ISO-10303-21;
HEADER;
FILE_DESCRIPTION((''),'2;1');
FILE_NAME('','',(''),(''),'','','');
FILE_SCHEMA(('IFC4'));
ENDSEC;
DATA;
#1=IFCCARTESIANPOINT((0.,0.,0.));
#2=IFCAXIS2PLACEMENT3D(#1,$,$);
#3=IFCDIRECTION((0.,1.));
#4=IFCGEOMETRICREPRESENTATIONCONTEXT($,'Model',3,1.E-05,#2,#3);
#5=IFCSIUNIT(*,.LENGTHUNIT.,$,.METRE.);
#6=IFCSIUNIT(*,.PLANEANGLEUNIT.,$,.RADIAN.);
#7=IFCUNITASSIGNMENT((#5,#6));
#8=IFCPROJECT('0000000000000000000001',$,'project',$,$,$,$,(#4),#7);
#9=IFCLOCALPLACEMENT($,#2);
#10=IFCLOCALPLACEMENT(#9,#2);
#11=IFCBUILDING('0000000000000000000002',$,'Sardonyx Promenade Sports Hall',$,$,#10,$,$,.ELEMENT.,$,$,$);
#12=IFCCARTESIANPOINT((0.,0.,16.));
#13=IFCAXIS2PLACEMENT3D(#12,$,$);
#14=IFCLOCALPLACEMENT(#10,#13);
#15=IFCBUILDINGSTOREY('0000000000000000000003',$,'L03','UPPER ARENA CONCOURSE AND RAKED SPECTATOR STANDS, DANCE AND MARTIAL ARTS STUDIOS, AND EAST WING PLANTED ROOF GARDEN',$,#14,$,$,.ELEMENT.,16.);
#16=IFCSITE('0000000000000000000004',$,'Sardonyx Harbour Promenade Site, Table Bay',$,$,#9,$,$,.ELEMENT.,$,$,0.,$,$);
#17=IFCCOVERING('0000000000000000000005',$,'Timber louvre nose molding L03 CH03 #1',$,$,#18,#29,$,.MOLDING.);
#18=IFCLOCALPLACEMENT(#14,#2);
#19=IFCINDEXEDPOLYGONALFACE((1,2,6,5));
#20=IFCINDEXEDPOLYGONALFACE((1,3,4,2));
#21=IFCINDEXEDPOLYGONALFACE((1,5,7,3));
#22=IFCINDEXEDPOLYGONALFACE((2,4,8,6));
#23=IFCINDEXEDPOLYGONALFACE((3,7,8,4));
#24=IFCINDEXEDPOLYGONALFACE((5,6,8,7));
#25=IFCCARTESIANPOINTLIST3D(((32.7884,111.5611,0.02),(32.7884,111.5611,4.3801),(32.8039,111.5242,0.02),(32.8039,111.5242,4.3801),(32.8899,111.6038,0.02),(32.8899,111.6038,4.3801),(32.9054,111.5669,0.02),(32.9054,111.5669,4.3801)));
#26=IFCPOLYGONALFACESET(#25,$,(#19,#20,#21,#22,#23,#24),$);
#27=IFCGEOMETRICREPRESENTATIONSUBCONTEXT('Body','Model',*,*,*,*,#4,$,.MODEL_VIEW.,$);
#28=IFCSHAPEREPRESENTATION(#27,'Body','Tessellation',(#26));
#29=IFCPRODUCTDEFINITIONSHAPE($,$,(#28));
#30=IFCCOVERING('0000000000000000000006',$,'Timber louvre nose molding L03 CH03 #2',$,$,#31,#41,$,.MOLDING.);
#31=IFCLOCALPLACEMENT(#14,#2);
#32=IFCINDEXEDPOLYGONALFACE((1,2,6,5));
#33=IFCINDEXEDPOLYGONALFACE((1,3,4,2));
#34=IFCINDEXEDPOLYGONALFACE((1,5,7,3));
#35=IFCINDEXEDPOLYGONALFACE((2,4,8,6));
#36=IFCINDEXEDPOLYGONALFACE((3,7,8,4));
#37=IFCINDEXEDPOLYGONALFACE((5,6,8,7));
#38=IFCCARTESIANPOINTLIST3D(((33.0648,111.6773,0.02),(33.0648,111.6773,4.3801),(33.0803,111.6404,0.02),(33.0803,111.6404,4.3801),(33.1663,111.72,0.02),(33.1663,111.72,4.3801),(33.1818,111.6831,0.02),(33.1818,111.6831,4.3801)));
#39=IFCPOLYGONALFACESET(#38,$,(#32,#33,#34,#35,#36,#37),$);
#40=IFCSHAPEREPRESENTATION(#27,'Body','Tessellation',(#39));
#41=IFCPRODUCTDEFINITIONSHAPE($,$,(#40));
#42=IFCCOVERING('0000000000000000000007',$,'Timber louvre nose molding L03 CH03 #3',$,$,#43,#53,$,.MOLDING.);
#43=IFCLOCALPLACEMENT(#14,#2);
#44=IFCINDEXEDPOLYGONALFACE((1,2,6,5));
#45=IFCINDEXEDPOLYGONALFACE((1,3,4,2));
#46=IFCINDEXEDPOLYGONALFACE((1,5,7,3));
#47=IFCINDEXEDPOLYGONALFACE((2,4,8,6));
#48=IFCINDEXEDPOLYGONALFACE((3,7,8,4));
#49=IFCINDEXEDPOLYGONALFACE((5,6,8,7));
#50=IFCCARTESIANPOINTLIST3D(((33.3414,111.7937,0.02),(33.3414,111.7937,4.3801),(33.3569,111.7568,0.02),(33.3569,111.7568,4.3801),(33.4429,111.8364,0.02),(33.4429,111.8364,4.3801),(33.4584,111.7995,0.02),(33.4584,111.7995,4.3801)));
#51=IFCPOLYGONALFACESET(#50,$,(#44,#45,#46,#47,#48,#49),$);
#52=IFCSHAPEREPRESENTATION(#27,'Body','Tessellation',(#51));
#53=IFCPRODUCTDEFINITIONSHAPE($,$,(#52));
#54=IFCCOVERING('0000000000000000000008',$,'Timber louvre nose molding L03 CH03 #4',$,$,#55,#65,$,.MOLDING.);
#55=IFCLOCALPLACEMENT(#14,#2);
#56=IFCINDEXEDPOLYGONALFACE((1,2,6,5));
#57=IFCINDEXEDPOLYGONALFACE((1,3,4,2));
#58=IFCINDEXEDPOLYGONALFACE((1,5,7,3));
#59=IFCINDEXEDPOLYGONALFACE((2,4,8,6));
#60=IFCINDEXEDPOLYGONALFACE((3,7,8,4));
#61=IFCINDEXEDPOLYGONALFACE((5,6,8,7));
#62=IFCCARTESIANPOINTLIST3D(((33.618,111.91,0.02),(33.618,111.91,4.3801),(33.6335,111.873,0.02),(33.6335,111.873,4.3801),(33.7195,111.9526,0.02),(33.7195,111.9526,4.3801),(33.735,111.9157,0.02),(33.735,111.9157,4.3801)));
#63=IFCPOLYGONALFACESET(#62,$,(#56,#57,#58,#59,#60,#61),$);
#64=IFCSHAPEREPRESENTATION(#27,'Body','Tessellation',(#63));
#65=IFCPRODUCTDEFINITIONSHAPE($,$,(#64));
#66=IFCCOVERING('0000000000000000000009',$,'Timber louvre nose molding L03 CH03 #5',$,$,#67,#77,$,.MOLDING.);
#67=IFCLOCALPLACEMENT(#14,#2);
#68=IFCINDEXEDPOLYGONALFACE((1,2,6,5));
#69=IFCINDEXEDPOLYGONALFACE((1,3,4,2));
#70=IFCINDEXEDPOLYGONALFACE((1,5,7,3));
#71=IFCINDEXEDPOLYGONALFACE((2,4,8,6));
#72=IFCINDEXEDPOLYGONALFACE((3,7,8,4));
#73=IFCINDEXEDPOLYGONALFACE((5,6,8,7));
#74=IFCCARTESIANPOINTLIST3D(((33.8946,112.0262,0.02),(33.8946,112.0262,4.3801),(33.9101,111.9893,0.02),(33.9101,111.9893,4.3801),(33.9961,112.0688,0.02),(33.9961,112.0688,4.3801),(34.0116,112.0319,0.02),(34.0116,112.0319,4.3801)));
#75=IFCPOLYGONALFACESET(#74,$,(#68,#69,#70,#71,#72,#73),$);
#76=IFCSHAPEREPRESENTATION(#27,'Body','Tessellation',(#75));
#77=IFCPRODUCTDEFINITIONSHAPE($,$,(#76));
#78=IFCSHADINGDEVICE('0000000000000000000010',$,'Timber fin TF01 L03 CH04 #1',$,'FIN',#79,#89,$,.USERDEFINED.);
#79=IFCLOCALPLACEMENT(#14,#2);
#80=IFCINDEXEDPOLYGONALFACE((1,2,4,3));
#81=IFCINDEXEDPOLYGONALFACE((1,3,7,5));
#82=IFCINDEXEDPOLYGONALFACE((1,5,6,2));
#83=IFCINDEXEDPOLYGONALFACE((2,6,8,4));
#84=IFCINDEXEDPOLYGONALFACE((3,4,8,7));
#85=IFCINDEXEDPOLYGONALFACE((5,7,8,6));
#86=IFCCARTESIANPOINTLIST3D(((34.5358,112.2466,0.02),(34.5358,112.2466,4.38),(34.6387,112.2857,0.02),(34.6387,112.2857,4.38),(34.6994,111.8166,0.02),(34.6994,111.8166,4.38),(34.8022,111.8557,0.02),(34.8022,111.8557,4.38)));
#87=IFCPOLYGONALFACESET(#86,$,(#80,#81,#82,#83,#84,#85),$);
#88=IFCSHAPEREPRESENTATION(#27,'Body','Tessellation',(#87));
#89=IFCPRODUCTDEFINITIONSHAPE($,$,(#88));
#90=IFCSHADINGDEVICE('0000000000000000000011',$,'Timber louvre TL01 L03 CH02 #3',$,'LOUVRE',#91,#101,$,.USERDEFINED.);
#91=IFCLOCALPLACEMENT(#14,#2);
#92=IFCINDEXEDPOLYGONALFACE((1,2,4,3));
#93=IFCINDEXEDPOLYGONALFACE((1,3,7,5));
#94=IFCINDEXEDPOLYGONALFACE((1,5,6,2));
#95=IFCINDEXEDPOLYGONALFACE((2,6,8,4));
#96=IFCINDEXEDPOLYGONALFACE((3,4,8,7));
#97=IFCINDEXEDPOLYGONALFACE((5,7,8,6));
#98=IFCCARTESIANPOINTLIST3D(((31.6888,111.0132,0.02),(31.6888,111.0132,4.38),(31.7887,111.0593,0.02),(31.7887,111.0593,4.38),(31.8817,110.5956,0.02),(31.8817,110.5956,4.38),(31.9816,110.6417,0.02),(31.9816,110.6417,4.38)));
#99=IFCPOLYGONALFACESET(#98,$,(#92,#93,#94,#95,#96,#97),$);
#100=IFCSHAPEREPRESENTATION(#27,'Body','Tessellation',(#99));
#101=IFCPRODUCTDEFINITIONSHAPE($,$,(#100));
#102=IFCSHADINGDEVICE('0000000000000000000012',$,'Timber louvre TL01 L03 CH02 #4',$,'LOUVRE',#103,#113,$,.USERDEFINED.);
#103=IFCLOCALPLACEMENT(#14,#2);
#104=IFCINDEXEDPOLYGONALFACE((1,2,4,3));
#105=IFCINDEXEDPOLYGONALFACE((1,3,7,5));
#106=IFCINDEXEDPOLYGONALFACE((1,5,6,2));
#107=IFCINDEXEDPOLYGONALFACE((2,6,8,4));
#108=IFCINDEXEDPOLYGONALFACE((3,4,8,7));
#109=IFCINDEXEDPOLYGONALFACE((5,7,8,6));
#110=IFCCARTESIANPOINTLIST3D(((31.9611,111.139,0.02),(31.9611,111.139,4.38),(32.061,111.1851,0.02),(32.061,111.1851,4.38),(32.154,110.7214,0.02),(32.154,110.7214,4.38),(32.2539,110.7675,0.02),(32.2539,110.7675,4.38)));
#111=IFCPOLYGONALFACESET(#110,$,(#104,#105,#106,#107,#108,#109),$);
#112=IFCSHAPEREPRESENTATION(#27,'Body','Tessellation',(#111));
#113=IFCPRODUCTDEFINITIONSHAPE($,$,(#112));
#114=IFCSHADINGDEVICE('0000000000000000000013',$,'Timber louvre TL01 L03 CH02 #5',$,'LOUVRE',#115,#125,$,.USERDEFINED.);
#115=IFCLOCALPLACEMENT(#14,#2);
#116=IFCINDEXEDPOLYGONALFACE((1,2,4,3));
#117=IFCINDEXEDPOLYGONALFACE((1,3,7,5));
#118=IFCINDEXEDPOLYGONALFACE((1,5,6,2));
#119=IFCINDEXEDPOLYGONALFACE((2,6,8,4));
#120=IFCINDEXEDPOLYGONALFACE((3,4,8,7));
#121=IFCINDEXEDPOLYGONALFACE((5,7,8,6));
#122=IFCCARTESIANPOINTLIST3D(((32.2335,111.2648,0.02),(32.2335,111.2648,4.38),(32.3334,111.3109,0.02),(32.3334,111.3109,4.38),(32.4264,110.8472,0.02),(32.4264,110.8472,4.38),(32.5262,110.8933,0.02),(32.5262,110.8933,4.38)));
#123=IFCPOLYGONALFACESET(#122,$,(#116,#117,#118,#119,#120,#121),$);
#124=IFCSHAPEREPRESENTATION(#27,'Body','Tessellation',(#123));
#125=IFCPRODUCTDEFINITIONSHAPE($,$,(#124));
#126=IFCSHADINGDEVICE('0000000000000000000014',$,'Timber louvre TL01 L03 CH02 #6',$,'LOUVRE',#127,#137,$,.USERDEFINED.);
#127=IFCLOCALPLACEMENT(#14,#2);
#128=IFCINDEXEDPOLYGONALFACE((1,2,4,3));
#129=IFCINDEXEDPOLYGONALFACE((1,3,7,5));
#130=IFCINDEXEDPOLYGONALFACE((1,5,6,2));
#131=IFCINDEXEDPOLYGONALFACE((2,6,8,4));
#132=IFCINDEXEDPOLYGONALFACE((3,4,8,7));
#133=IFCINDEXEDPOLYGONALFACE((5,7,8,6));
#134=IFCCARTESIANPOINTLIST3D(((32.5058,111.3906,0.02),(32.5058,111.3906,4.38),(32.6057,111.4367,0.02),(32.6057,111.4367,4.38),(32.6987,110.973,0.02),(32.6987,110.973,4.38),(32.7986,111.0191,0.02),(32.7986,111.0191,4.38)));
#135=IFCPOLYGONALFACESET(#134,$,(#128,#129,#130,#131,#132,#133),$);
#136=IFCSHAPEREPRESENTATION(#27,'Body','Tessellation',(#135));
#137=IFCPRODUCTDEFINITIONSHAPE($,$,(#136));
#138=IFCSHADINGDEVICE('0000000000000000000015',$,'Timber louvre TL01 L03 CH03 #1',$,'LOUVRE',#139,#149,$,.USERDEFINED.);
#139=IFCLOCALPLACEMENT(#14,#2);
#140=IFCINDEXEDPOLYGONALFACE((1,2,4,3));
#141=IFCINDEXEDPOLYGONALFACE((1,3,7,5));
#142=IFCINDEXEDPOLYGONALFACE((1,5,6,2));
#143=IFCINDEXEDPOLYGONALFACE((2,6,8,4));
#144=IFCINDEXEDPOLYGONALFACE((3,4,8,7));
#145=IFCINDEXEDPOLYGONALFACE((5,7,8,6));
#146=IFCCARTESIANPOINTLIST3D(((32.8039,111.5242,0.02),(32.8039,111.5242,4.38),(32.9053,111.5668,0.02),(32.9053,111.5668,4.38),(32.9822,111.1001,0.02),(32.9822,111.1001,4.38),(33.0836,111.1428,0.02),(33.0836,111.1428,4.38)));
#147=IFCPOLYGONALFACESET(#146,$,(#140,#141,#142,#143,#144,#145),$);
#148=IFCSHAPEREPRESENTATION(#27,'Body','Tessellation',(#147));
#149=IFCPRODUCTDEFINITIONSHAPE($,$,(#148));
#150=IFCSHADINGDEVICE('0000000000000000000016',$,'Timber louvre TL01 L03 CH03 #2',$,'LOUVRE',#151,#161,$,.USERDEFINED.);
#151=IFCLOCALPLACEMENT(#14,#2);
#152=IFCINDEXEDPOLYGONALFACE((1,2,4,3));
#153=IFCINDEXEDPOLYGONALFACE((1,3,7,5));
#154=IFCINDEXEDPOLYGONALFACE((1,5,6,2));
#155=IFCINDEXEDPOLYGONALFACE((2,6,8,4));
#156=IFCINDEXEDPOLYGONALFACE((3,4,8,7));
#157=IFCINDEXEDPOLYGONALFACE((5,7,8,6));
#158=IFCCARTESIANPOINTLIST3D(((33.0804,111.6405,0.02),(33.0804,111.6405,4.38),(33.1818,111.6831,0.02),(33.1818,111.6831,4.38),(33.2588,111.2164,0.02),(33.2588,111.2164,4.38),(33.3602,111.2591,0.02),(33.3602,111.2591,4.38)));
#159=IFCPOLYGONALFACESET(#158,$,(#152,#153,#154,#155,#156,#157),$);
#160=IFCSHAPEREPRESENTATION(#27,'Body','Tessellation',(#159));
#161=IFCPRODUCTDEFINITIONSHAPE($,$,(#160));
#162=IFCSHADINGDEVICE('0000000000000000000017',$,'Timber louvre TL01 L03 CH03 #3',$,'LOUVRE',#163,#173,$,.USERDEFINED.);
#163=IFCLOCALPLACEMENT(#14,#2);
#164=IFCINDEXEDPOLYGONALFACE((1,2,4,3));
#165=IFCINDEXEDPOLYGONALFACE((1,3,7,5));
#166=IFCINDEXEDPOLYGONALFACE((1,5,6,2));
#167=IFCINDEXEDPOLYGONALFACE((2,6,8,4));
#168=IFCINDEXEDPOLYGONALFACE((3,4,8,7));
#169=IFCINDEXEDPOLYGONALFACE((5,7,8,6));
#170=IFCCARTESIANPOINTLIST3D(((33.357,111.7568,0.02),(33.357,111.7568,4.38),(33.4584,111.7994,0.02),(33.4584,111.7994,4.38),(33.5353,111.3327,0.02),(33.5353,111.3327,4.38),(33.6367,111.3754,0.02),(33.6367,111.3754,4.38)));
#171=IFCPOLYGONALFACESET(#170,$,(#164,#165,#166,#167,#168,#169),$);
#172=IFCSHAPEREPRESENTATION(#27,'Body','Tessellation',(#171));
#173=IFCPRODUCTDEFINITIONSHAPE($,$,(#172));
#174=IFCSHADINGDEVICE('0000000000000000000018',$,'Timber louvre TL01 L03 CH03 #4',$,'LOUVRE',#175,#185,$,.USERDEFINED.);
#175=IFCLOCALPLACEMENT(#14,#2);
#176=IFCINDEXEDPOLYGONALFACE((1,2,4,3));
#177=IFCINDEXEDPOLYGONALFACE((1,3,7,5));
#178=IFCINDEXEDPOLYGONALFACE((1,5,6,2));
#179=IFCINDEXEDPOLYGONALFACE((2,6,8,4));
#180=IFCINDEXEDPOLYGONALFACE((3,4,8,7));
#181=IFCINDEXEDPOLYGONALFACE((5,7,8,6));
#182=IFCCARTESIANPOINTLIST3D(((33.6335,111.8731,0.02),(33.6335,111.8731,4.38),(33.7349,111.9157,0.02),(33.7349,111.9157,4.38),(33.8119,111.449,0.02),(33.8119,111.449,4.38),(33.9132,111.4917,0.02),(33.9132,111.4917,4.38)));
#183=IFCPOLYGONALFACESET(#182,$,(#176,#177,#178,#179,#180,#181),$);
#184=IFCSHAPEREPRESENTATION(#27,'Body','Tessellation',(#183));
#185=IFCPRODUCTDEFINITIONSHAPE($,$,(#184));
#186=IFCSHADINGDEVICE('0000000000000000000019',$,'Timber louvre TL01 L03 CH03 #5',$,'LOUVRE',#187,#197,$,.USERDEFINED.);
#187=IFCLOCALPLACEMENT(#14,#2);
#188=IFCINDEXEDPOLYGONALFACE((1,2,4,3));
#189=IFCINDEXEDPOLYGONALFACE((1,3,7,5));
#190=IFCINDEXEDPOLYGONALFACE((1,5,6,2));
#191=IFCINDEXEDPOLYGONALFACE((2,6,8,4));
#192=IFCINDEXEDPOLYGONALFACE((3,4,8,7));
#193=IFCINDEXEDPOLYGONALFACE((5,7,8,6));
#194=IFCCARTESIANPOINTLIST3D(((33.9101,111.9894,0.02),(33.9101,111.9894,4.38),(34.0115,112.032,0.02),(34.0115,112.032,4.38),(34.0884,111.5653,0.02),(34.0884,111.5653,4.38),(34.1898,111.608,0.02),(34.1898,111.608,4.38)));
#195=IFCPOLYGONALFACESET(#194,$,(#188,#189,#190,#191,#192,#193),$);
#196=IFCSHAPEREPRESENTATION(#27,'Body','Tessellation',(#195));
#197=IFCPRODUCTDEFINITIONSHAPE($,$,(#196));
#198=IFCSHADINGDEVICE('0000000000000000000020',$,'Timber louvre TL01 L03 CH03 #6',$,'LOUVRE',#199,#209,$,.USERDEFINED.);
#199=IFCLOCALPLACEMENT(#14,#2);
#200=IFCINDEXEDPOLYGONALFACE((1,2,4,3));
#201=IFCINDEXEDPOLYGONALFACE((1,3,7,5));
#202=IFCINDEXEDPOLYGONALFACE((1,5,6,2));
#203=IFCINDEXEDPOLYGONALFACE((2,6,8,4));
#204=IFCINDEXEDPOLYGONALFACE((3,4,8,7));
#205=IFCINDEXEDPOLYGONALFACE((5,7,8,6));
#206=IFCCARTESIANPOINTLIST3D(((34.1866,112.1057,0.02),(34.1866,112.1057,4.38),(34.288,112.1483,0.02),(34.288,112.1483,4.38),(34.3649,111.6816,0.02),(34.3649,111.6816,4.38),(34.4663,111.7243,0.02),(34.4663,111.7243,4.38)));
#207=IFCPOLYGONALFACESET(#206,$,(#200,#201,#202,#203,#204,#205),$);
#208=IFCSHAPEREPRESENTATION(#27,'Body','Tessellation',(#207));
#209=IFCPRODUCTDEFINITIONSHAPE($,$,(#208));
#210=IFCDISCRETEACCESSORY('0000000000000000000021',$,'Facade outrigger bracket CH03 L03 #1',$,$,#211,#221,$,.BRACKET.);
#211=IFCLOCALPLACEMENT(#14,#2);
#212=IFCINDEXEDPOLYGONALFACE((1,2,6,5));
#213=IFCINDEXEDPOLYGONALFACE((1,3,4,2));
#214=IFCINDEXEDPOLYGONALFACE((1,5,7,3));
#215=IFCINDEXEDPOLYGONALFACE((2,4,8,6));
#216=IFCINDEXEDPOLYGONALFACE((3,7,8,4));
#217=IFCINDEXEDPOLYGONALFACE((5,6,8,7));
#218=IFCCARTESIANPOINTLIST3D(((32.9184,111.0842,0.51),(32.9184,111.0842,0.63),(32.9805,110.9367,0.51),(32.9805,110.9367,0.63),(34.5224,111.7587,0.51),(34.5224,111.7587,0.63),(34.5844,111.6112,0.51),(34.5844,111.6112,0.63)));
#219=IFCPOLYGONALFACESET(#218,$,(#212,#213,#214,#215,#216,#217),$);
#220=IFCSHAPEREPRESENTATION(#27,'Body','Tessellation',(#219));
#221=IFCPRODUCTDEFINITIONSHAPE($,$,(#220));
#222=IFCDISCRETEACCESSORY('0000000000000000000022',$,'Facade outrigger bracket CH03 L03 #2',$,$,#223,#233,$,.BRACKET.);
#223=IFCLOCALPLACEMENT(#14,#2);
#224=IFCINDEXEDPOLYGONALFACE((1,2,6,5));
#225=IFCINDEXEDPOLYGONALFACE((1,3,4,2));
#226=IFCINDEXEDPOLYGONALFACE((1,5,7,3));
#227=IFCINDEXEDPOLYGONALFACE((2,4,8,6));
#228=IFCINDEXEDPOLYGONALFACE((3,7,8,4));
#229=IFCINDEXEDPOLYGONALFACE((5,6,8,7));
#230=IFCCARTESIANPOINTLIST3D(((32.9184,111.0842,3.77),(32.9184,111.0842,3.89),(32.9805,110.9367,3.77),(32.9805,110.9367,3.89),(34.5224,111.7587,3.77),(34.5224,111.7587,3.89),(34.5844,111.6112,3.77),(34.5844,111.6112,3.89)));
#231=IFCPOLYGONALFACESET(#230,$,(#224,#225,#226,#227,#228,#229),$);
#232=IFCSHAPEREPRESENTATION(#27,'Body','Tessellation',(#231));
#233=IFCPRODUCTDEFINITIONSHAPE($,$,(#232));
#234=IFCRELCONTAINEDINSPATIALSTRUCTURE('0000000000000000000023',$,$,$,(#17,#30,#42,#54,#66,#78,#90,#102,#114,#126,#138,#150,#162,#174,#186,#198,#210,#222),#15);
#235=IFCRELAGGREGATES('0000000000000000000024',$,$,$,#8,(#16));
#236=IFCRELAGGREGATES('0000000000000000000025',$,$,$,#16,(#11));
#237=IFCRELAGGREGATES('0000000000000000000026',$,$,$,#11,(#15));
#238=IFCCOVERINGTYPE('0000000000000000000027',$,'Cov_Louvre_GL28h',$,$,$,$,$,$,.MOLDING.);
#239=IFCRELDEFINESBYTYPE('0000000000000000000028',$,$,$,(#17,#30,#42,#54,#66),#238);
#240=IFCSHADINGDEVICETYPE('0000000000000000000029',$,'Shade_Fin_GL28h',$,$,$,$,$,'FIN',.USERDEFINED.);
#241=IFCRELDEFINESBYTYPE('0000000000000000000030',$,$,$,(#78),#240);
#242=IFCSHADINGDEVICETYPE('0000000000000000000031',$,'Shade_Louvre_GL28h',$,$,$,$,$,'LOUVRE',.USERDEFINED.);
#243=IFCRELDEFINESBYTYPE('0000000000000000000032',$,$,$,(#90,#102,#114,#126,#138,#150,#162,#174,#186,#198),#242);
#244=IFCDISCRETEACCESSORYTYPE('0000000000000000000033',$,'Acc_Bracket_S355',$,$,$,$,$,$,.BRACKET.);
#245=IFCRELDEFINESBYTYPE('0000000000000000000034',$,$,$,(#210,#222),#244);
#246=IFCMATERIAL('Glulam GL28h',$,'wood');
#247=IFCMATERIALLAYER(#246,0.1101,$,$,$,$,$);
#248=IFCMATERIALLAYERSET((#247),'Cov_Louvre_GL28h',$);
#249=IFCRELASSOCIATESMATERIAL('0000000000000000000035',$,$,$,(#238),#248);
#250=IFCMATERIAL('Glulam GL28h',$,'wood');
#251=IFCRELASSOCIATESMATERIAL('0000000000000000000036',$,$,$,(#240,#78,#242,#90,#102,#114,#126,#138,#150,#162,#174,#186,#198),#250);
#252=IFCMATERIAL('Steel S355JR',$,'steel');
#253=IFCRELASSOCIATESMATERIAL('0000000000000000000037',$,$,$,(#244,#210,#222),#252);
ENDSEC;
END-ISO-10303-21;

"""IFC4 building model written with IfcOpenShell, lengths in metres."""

from ifc_helpers import new_model, si_unit, direction, frame, origin, origin_2d, place, context, subcontext, project, spatial, rectangle, extrude, material, layer, layer_set, type_object, element, save


model = new_model("IFC4")

# Units and contexts
model_context = context("Model", 3, precision=1e-05, world=origin(), true_north=direction((0.0, 1.0)))
body_context = subcontext(model_context, "Body", "Model", "MODEL_VIEW")
ifc_project = project(units=[si_unit("LENGTHUNIT", "METRE"), si_unit("PLANEANGLEUNIT", "RADIAN")], contexts=[model_context])

# Site, building, storey
site_placement = place(None, origin())
site = spatial("IfcSite", under=ifc_project, at=site_placement, Name="Sardonyx Harbour Promenade Site, Table Bay", CompositionType="ELEMENT", RefElevation=0.0)
building_placement = place(site_placement, origin())
building = spatial("IfcBuilding", under=site, at=building_placement, Name="Sardonyx Promenade Sports Hall", CompositionType="ELEMENT")
storey_placement = place(building_placement, frame((0.0, 0.0, 16.0)))
storey = spatial("IfcBuildingStorey", under=building, at=storey_placement, Name="L03", Description="UPPER ARENA CONCOURSE AND RAKED SPECTATOR STANDS, DANCE AND MARTIAL ARTS STUDIOS, AND EAST WING PLANTED ROOF GARDEN", CompositionType="ELEMENT", Elevation=16.0)

# Coverings
ifc_material_1 = material(Name="Glulam GL28h", Category="wood")
ifc_layer_1 = layer(ifc_material_1, 0.1101)
ifc_layer_set_1 = layer_set([ifc_layer_1], Name="Cov_Louvre_GL28h")
covering_type = type_object("IfcCoveringType", Name="Cov_Louvre_GL28h", PredefinedType="MOLDING", material=ifc_layer_set_1)
for number, where, z_axis, x_axis, name in (
    (1, (32.8469, 111.564, 0.02), (0.0, 0.0, 1.0), (0.9218, 0.387665, 0.0), "Timber louvre nose molding L03 CH03 #1"),
    (2, (33.1233, 111.6802, 0.02), (0.0, 0.0, 1.0), (0.9218, 0.387665, 0.0), "Timber louvre nose molding L03 CH03 #2"),
    (3, (33.3999, 111.7966, 0.02), (0.0, 0.0, 1.0), (0.9218, 0.387665, 0.0), "Timber louvre nose molding L03 CH03 #3"),
    (4, (33.6765, 111.9128, 0.02), (0.0, 0.0, 1.0), (0.9218, 0.387665, 0.0), "Timber louvre nose molding L03 CH03 #4"),
    (5, (33.9531, 112.0291, 0.02), (0.0, 0.0, 1.0), (0.9218, 0.387665, 0.0), "Timber louvre nose molding L03 CH03 #5"),
):
    element("IfcCovering", number, at=place(storey_placement, frame(where, z_axis=z_axis, x_axis=x_axis)), inside=storey, type_object=covering_type, Name=name, PredefinedType="MOLDING", context=body_context, shape_type="SweptSolid", body=[
        extrude(rectangle(XDim=0.1101, YDim=0.04, at=origin_2d()), origin(), (0.0, 0.0, 1.0), 4.3601),
    ])

# Shading devices
ifc_material_2 = material(Name="Glulam GL28h", Category="wood")
shading_device_type_1 = type_object("IfcShadingDeviceType", Name="Shade_Fin_GL28h", ElementType="FIN", PredefinedType="USERDEFINED", material=ifc_material_2)
shading_device_placement = place(storey_placement, frame((34.669, 112.0512, 0.02), z_axis=(0.0, 0.0, 1.0), x_axis=(0.934666, 0.355528, 0.0)))
element("IfcShadingDevice", 6, at=shading_device_placement, inside=storey, type_object=shading_device_type_1, material=ifc_material_2, Name="Timber fin TF01 L03 CH04 #1", ObjectType="FIN", PredefinedType="USERDEFINED", context=body_context, shape_type="SweptSolid", body=[
    extrude(rectangle(XDim=0.11, YDim=0.46), origin(), (0.0, 0.0, 1.0), 4.36),
])
shading_device_type_2 = type_object("IfcShadingDeviceType", Name="Shade_Louvre_GL28h", ElementType="LOUVRE", PredefinedType="USERDEFINED", material=ifc_material_2)
for number, where, z_axis, x_axis, name in (
    (7, (31.8352, 110.8275, 0.02), (0.0, 0.0, 1.0), (0.907831, 0.419336, 0.0), "Timber louvre TL01 L03 CH02 #3"),
    (8, (32.1075, 110.9533, 0.02), (0.0, 0.0, 1.0), (0.907831, 0.419336, 0.0), "Timber louvre TL01 L03 CH02 #4"),
    (9, (32.3799, 111.0791, 0.02), (0.0, 0.0, 1.0), (0.907831, 0.419336, 0.0), "Timber louvre TL01 L03 CH02 #5"),
    (10, (32.6522, 111.2049, 0.02), (0.0, 0.0, 1.0), (0.907831, 0.419336, 0.0), "Timber louvre TL01 L03 CH02 #6"),
    (11, (32.9438, 111.3335, 0.02), (0.0, 0.0, 1.0), (0.9218, 0.387665, 0.0), "Timber louvre TL01 L03 CH03 #1"),
    (12, (33.2203, 111.4498, 0.02), (0.0, 0.0, 1.0), (0.9218, 0.387665, 0.0), "Timber louvre TL01 L03 CH03 #2"),
    (13, (33.4968, 111.5661, 0.02), (0.0, 0.0, 1.0), (0.9218, 0.387665, 0.0), "Timber louvre TL01 L03 CH03 #3"),
    (14, (33.7734, 111.6824, 0.02), (0.0, 0.0, 1.0), (0.9218, 0.387665, 0.0), "Timber louvre TL01 L03 CH03 #4"),
    (15, (34.0499, 111.7987, 0.02), (0.0, 0.0, 1.0), (0.9218, 0.387665, 0.0), "Timber louvre TL01 L03 CH03 #5"),
    (16, (34.3265, 111.915, 0.02), (0.0, 0.0, 1.0), (0.9218, 0.387665, 0.0), "Timber louvre TL01 L03 CH03 #6"),
):
    element("IfcShadingDevice", number, at=place(storey_placement, frame(where, z_axis=z_axis, x_axis=x_axis)), inside=storey, type_object=shading_device_type_2, material=ifc_material_2, Name=name, ObjectType="LOUVRE", PredefinedType="USERDEFINED", context=body_context, shape_type="SweptSolid", body=[
        extrude(rectangle(XDim=0.11, YDim=0.46), origin(), (0.0, 0.0, 1.0), 4.36),
    ])

# Discrete accessories
ifc_material_3 = material(Name="Steel S355JR", Category="steel")
discrete_accessory_type = type_object("IfcDiscreteAccessoryType", Name="Acc_Bracket_S355", PredefinedType="BRACKET", material=ifc_material_3)
for number, where, z_axis, x_axis, name in (
    (17, (33.7514, 111.3477, 0.51), (0.0, 0.0, 1.0), (0.9218, 0.387665, 0.0), "Facade outrigger bracket CH03 L03 #1"),
    (18, (33.7514, 111.3477, 3.77), (0.0, 0.0, 1.0), (0.9218, 0.387665, 0.0), "Facade outrigger bracket CH03 L03 #2"),
):
    element("IfcDiscreteAccessory", number, at=place(storey_placement, frame(where, z_axis=z_axis, x_axis=x_axis)), inside=storey, type_object=discrete_accessory_type, material=ifc_material_3, Name=name, PredefinedType="BRACKET", context=body_context, shape_type="SweptSolid", body=[
        extrude(rectangle(XDim=1.74, YDim=0.16), origin(), (0.0, 0.0, 1.0), 0.12),
    ])

save(model, "model.ifc")
